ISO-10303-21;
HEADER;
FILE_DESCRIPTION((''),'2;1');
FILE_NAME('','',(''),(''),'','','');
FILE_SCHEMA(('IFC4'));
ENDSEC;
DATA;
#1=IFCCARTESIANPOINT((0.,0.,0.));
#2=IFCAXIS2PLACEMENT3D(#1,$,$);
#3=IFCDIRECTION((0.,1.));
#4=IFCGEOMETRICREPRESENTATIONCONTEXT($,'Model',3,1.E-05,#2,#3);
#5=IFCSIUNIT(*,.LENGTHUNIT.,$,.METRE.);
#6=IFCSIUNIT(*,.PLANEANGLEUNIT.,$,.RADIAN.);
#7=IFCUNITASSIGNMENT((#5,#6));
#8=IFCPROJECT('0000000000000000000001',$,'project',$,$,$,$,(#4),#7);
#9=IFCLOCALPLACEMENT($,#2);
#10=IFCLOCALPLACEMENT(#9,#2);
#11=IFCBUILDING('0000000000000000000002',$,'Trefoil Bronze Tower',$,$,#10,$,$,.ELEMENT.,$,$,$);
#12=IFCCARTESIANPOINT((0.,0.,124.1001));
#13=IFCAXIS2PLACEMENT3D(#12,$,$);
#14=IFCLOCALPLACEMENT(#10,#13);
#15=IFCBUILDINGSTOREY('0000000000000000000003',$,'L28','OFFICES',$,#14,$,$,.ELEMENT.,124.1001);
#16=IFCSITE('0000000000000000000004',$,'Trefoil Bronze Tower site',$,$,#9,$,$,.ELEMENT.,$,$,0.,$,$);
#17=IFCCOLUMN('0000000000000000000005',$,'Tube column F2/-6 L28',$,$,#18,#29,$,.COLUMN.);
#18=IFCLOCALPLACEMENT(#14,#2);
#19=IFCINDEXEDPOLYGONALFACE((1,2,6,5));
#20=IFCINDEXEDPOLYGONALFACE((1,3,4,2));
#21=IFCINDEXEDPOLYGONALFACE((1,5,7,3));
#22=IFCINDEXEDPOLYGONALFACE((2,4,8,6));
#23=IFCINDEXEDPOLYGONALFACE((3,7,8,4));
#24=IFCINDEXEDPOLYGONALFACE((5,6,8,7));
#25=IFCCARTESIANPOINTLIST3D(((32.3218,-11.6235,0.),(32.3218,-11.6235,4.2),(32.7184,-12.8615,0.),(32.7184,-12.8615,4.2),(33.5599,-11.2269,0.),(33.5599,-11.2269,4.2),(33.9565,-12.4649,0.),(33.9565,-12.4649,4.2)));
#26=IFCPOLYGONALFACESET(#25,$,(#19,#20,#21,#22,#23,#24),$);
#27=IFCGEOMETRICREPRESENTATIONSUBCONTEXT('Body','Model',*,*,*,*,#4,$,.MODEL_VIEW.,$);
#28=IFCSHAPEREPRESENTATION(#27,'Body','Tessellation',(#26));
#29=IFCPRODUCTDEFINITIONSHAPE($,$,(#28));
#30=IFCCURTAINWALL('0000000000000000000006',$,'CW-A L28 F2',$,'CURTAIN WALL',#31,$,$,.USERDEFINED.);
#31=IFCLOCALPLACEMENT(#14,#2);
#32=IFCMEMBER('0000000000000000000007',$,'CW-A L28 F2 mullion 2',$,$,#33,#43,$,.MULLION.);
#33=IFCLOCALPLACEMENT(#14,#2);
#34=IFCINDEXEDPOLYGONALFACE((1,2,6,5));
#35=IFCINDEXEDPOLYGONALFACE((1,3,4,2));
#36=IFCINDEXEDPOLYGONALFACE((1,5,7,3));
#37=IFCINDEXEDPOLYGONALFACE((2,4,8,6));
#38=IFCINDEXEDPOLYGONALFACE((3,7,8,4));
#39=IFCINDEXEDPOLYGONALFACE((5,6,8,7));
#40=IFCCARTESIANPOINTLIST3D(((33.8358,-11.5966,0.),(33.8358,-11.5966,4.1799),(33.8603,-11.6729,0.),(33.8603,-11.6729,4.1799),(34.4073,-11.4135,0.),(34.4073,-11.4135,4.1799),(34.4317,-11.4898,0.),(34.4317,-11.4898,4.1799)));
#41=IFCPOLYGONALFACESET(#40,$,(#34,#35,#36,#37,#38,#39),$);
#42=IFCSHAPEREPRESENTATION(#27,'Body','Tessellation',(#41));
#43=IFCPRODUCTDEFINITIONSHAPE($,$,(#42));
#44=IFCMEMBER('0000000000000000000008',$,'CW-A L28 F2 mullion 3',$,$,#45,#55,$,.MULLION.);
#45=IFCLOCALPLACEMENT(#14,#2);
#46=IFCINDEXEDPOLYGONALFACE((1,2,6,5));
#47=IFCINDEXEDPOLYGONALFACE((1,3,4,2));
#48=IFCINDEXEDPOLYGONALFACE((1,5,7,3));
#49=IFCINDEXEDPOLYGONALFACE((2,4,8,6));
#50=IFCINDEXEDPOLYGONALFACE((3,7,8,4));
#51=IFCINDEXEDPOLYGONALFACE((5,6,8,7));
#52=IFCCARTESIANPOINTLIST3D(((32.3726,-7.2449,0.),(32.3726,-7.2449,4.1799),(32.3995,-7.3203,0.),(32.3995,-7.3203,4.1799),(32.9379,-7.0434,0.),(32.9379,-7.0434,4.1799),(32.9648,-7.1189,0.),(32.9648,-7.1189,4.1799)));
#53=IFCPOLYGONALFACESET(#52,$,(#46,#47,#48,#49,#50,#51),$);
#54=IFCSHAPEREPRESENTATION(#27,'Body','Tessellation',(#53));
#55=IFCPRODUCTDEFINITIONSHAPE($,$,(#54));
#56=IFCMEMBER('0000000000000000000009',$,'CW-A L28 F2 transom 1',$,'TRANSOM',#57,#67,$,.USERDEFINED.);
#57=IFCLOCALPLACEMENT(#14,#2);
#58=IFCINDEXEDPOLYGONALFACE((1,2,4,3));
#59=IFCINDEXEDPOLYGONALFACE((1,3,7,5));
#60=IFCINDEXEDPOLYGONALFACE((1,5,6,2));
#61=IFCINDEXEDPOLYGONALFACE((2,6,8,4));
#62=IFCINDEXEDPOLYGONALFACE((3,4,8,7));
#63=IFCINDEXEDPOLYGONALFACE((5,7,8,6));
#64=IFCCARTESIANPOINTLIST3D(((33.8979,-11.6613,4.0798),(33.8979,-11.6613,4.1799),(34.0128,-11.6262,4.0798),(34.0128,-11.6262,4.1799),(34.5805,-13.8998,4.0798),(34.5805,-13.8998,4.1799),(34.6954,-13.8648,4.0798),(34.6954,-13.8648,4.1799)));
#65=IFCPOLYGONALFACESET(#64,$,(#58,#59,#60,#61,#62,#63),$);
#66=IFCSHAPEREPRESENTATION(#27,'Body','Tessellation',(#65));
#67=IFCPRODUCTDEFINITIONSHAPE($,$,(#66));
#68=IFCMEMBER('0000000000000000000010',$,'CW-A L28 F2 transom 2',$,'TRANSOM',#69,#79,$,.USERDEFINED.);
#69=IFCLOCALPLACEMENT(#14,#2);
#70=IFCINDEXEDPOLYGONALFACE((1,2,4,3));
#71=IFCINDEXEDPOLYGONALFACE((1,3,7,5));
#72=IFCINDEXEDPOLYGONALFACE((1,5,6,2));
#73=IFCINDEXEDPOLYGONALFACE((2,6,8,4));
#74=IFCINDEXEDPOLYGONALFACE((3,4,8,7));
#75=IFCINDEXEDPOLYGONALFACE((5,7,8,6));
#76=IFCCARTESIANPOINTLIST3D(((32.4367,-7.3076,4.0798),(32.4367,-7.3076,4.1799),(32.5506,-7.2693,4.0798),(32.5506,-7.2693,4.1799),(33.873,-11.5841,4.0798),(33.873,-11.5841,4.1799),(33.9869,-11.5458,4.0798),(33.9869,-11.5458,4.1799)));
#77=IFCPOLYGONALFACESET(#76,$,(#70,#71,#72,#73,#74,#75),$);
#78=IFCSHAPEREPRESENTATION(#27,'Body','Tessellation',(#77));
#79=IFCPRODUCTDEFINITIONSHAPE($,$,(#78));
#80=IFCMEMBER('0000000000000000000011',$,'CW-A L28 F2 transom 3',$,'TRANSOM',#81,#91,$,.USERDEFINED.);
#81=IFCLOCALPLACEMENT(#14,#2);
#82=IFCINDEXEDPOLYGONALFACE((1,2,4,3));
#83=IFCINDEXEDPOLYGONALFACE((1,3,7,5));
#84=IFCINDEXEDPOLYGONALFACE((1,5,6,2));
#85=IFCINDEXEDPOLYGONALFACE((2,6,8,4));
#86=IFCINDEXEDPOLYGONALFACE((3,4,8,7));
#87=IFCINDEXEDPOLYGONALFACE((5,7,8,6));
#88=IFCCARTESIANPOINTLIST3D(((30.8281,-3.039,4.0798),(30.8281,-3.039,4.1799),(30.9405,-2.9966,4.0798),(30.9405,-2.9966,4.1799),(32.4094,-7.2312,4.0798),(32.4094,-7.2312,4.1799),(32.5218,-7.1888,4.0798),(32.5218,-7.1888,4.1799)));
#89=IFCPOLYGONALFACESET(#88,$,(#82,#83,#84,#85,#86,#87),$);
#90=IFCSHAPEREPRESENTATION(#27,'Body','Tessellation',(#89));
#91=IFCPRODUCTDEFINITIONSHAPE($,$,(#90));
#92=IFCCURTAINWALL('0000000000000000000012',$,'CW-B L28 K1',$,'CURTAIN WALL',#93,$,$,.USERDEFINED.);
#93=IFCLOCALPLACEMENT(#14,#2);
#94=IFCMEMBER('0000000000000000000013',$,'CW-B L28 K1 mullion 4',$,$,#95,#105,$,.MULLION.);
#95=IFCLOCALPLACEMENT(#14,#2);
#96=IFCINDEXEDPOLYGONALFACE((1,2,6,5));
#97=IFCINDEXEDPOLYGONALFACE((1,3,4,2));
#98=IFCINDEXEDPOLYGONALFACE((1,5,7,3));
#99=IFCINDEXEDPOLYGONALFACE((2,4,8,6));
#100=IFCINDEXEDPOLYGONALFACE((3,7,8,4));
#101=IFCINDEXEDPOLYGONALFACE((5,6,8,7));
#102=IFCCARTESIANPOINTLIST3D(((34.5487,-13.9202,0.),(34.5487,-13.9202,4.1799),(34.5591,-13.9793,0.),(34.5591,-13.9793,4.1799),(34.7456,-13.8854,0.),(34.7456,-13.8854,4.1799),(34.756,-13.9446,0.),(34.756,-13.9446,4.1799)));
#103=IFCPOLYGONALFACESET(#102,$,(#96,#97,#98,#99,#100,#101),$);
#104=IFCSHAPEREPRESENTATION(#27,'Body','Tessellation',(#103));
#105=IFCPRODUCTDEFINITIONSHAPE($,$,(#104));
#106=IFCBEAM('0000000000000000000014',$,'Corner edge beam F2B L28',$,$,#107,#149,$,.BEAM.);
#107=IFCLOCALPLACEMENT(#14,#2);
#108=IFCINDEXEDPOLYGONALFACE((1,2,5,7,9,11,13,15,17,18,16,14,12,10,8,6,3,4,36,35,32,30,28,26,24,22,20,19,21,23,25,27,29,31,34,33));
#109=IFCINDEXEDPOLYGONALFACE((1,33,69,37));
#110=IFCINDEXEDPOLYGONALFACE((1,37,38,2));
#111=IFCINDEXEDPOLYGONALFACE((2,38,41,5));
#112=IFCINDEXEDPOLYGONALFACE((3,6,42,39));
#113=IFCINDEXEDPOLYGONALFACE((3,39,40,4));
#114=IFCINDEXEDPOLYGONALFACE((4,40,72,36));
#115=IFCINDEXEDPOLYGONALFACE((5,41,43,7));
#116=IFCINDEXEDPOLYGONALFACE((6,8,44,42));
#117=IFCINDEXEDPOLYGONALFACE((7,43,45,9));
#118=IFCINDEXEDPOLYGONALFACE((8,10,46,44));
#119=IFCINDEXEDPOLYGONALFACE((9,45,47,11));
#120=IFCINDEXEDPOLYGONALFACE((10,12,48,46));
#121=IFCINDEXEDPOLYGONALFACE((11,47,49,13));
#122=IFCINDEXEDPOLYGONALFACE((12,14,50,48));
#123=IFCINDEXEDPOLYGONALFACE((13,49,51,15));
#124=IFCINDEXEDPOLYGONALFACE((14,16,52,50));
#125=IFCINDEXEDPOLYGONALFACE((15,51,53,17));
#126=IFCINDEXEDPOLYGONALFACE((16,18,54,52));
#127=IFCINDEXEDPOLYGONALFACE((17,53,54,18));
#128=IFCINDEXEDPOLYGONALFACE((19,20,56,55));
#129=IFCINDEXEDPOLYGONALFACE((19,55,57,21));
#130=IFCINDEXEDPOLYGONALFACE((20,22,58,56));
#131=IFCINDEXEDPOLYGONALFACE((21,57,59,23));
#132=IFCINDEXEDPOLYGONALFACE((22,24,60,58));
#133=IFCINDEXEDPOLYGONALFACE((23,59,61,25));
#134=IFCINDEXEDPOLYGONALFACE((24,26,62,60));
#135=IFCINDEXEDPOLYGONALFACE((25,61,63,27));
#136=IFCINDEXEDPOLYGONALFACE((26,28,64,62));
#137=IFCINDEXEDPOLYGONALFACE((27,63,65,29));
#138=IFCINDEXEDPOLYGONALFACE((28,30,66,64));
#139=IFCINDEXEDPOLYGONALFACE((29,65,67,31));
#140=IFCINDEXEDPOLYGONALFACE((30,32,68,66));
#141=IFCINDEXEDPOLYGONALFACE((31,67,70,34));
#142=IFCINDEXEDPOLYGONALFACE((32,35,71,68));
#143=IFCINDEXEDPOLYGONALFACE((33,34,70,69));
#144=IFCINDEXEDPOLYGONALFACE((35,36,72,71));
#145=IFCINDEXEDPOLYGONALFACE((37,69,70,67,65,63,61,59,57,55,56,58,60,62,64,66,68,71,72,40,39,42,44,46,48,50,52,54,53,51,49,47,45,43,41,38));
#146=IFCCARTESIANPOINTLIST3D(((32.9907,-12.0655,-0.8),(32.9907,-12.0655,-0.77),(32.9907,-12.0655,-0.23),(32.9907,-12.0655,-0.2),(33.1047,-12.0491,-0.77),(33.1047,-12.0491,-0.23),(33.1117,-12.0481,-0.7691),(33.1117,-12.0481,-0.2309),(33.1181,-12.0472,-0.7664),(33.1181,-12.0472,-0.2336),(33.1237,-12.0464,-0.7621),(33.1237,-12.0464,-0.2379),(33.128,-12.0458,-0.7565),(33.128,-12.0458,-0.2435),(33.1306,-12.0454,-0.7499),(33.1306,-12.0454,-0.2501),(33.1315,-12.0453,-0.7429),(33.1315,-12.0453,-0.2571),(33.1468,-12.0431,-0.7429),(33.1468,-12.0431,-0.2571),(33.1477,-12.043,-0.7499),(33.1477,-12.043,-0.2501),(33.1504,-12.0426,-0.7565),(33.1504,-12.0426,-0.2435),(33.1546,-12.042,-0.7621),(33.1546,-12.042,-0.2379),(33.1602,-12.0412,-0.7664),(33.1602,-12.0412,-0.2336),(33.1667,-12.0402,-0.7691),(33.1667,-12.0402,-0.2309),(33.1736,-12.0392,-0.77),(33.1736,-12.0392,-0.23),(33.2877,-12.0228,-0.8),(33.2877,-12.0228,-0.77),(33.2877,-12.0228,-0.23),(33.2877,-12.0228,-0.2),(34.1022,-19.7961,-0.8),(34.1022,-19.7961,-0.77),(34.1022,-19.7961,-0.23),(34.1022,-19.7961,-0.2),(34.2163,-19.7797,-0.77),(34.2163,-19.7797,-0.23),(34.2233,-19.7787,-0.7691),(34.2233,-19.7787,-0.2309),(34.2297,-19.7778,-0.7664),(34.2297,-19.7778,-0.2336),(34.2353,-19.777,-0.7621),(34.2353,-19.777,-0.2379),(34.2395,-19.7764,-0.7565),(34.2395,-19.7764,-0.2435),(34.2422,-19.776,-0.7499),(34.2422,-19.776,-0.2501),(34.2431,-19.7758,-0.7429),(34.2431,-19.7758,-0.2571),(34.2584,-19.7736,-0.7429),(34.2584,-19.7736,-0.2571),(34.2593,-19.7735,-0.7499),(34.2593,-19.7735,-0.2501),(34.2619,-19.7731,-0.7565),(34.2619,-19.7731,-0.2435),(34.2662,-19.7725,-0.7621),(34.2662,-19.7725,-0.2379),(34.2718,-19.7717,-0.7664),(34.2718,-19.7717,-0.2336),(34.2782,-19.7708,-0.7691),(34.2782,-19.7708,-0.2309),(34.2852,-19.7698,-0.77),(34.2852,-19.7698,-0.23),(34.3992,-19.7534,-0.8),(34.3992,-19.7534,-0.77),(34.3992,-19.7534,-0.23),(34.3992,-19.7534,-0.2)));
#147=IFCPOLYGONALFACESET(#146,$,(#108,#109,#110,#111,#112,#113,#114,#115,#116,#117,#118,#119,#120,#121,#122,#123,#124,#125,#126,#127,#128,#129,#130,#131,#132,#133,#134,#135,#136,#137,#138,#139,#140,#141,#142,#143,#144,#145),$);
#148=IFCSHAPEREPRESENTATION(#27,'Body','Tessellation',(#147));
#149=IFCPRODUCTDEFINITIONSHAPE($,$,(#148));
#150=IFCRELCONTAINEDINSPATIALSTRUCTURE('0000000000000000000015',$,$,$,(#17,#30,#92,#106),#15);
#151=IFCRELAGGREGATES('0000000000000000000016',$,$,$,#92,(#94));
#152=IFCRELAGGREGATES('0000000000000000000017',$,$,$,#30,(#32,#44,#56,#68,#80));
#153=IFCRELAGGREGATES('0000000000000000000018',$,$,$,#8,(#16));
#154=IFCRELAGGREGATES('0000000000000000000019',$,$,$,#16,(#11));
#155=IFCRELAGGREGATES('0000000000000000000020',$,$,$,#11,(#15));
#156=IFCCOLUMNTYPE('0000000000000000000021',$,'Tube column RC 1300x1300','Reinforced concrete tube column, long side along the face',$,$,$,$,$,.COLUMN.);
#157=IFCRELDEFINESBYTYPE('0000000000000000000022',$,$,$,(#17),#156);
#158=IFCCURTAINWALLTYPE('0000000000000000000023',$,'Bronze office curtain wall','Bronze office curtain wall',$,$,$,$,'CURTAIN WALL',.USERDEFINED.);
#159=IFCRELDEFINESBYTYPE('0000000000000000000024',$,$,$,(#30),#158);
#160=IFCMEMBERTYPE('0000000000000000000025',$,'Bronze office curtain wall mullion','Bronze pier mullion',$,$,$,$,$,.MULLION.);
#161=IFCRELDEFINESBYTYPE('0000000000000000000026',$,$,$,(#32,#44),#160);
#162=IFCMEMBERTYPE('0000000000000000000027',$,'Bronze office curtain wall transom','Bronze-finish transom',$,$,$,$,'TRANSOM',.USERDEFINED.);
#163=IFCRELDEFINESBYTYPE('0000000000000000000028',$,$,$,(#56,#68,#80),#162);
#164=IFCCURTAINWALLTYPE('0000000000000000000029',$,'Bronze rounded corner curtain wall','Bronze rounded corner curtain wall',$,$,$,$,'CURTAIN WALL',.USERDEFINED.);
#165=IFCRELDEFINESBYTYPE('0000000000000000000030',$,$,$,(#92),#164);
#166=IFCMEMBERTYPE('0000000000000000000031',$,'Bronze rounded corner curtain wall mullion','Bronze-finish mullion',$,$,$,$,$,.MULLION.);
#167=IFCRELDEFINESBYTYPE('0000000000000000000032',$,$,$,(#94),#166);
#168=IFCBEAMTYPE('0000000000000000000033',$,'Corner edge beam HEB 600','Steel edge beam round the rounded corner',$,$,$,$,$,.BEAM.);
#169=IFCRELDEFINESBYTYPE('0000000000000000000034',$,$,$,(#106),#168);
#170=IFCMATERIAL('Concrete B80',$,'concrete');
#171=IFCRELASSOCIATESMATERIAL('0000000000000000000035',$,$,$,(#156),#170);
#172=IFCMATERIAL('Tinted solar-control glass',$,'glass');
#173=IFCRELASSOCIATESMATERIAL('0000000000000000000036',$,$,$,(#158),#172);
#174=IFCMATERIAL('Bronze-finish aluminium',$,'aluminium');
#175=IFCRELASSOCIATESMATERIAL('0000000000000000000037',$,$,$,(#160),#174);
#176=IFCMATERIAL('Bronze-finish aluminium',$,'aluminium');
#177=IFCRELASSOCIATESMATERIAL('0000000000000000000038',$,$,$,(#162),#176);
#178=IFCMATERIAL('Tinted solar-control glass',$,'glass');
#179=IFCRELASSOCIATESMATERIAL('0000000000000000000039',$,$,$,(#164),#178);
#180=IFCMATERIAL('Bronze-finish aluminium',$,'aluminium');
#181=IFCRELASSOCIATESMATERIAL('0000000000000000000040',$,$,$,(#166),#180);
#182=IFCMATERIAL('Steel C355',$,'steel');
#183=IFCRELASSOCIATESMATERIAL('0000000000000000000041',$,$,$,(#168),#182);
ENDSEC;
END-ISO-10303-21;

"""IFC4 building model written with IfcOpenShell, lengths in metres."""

from ifc_helpers import new_model, si_unit, direction, frame, origin, origin_2d, place, context, subcontext, project, spatial, rectangle, i_section, extrude, material, material_profile, profile_set, type_object, element, aggregate, save


model = new_model("IFC4")

# Units and contexts
model_context = context("Model", 3, precision=1e-05, world=origin(), true_north=direction((0.0, 1.0)))
body_context = subcontext(model_context, "Body", "Model", "MODEL_VIEW")
ifc_project = project(units=[si_unit("LENGTHUNIT", "METRE"), si_unit("PLANEANGLEUNIT", "RADIAN")], contexts=[model_context])

# Site, building, storey
site_placement = place(None, origin())
site = spatial("IfcSite", under=ifc_project, at=site_placement, Name="Trefoil Bronze Tower site", CompositionType="ELEMENT", RefElevation=0.0)
building_placement = place(site_placement, origin())
building = spatial("IfcBuilding", under=site, at=building_placement, Name="Trefoil Bronze Tower", CompositionType="ELEMENT")
storey_placement = place(building_placement, frame((0.0, 0.0, 124.1001)))
storey = spatial("IfcBuildingStorey", under=building, at=storey_placement, Name="L28", Description="OFFICES", CompositionType="ELEMENT", Elevation=124.1001)

# Column
ifc_material_1 = material(Name="Concrete B80", Category="concrete")
ifc_material_profile_1 = material_profile(ifc_material_1, rectangle(XDim=1.3, YDim=1.3, at=origin_2d()), Name="RC 1300x1300")
ifc_profile_set_1 = profile_set([ifc_material_profile_1], Name="Concrete B80")
column_type = type_object("IfcColumnType", Name="Tube column RC 1300x1300", Description="Reinforced concrete tube column, long side along the face", PredefinedType="COLUMN", material=ifc_profile_set_1)
column_placement = place(storey_placement, frame((33.1392, -12.0442, 0.0), z_axis=(0.0, 0.0, 1.0), x_axis=(-0.305066, 0.952331, 0.0)))
element("IfcColumn", 1, at=column_placement, inside=storey, type_object=column_type, Name="Tube column F2/-6 L28", PredefinedType="COLUMN", context=body_context, shape_type="SweptSolid", body=[
    extrude(rectangle(XDim=1.3, YDim=1.3, at=origin_2d()), origin(), (0.0, 0.0, 1.0), 4.2),
])

# Curtain wall, members
ifc_material_2 = material(Name="Tinted solar-control glass", Category="glass")
curtain_wall_type_1 = type_object("IfcCurtainWallType", Name="Bronze office curtain wall", Description="Bronze office curtain wall", ElementType="CURTAIN WALL", PredefinedType="USERDEFINED", material=ifc_material_2)
curtain_wall_1_placement = place(storey_placement, origin())
curtain_wall_1 = element("IfcCurtainWall", 2, at=curtain_wall_1_placement, inside=storey, type_object=curtain_wall_type_1, Name="CW-A L28 F2", ObjectType="CURTAIN WALL", PredefinedType="USERDEFINED")
ifc_material_3 = material(Name="Bronze-finish aluminium", Category="aluminium")
ifc_material_profile_2 = material_profile(ifc_material_3, rectangle(XDim=0.6001, YDim=0.0801, at=origin_2d()), Name="CW-A mullion")
ifc_profile_set_2 = profile_set([ifc_material_profile_2], Name="Bronze-finish aluminium")
member_type_1 = type_object("IfcMemberType", Name="Bronze office curtain wall mullion", Description="Bronze pier mullion", PredefinedType="MULLION", material=ifc_profile_set_2)
member_1_placement = place(storey_placement, frame((34.1338, -11.5432, 0.0), z_axis=(0.0, 0.0, 1.0), x_axis=(-0.952331, -0.305066, 0.0)))
member_1 = element("IfcMember", 3, at=member_1_placement, type_object=member_type_1, Name="CW-A L28 F2 mullion 2", PredefinedType="MULLION", context=body_context, shape_type="SweptSolid", body=[
    extrude(rectangle(XDim=0.6001, YDim=0.0801, at=origin_2d()), origin(), (0.0, 0.0, 1.0), 4.1799),
])
member_2_placement = place(storey_placement, frame((32.6687, -7.1819, 0.0), z_axis=(0.0, 0.0, 1.0), x_axis=(-0.941963, -0.335718, 0.0)))
member_2 = element("IfcMember", 4, at=member_2_placement, type_object=member_type_1, Name="CW-A L28 F2 mullion 3", PredefinedType="MULLION", context=body_context, shape_type="SweptSolid", body=[
    extrude(rectangle(XDim=0.6001, YDim=0.0801, at=origin_2d()), origin(), (0.0, 0.0, 1.0), 4.1799),
])
ifc_material_4 = material(Name="Bronze-finish aluminium", Category="aluminium")
ifc_material_profile_3 = material_profile(ifc_material_4, rectangle(XDim=0.1201, YDim=0.1001, at=origin_2d()), Name="CW-A transom")
ifc_profile_set_3 = profile_set([ifc_material_profile_3], Name="Bronze-finish aluminium")
member_type_2 = type_object("IfcMemberType", Name="Bronze office curtain wall transom", Description="Bronze-finish transom", ElementType="TRANSOM", PredefinedType="USERDEFINED", material=ifc_profile_set_3)
member_3_placement = place(storey_placement, frame((34.6379, -13.8823, 4.1299), z_axis=(-0.29168, 0.956516, 0.0), x_axis=(-0.956516, -0.29168, 0.0)))
member_3 = element("IfcMember", 5, at=member_3_placement, type_object=member_type_2, Name="CW-A L28 F2 transom 1", ObjectType="TRANSOM", PredefinedType="USERDEFINED", context=body_context, shape_type="SweptSolid", body=[
    extrude(rectangle(XDim=0.1201, YDim=0.1001, at=origin_2d()), origin(), (0.0, 0.0, 1.0), 2.3403),
])
member_4_placement = place(storey_placement, frame((33.9299, -11.5649, 4.1299), z_axis=(-0.318386, 0.947961, 0.0), x_axis=(-0.947961, -0.318386, 0.0)))
member_4 = element("IfcMember", 6, at=member_4_placement, type_object=member_type_2, Name="CW-A L28 F2 transom 2", ObjectType="TRANSOM", PredefinedType="USERDEFINED", context=body_context, shape_type="SweptSolid", body=[
    extrude(rectangle(XDim=0.1201, YDim=0.1001, at=origin_2d()), origin(), (0.0, 0.0, 1.0), 4.5112),
])
member_5_placement = place(storey_placement, frame((32.4656, -7.21, 4.1299), z_axis=(-0.352932, 0.935649, 0.0), x_axis=(-0.935649, -0.352932, 0.0)))
member_5 = element("IfcMember", 7, at=member_5_placement, type_object=member_type_2, Name="CW-A L28 F2 transom 3", ObjectType="TRANSOM", PredefinedType="USERDEFINED", context=body_context, shape_type="SweptSolid", body=[
    extrude(rectangle(XDim=0.1201, YDim=0.1001, at=origin_2d()), origin(), (0.0, 0.0, 1.0), 4.4805),
])

# Curtain wall, member
ifc_material_5 = material(Name="Tinted solar-control glass", Category="glass")
curtain_wall_type_2 = type_object("IfcCurtainWallType", Name="Bronze rounded corner curtain wall", Description="Bronze rounded corner curtain wall", ElementType="CURTAIN WALL", PredefinedType="USERDEFINED", material=ifc_material_5)
curtain_wall_2_placement = place(storey_placement, origin())
curtain_wall_2 = element("IfcCurtainWall", 8, at=curtain_wall_2_placement, inside=storey, type_object=curtain_wall_type_2, Name="CW-B L28 K1", ObjectType="CURTAIN WALL", PredefinedType="USERDEFINED")
ifc_material_6 = material(Name="Bronze-finish aluminium", Category="aluminium")
ifc_material_profile_4 = material_profile(ifc_material_6, rectangle(XDim=0.2, YDim=0.0601, at=origin_2d()), Name="CW-B mullion")
ifc_profile_set_4 = profile_set([ifc_material_profile_4], Name="Bronze-finish aluminium")
member_type_3 = type_object("IfcMemberType", Name="Bronze rounded corner curtain wall mullion", Description="Bronze-finish mullion", PredefinedType="MULLION", material=ifc_profile_set_4)
member_6_placement = place(storey_placement, frame((34.6523, -13.9324, 0.0), z_axis=(0.0, 0.0, 1.0), x_axis=(-0.984808, -0.173648, 0.0)))
member_6 = element("IfcMember", 9, at=member_6_placement, type_object=member_type_3, Name="CW-B L28 K1 mullion 4", PredefinedType="MULLION", context=body_context, shape_type="SweptSolid", body=[
    extrude(rectangle(XDim=0.2, YDim=0.0601, at=origin_2d()), origin(), (0.0, 0.0, 1.0), 4.1799),
])
aggregate(curtain_wall_2, [member_6])

# Beam
ifc_material_7 = material(Name="Steel C355", Category="steel")
ifc_material_profile_5 = material_profile(ifc_material_7, i_section(OverallWidth=0.3, OverallDepth=0.6001, WebThickness=0.0154, FlangeThickness=0.03, FilletRadius=0.0271, at=origin_2d()), Name="HEB 600")
ifc_profile_set_5 = profile_set([ifc_material_profile_5], Name="Steel C355")
beam_type_1 = type_object("IfcBeamType", Name="Corner edge beam HEB 600", Description="Steel edge beam round the rounded corner", PredefinedType="BEAM", material=ifc_profile_set_5)
beam_1_placement = place(storey_placement, frame((33.1392, -12.0442, -0.5), z_axis=(0.142327, -0.98982, 0.0), x_axis=(0.98982, 0.142327, 0.0)))
element("IfcBeam", 10, at=beam_1_placement, inside=storey, type_object=beam_type_1, Name="Corner edge beam F2B L28", PredefinedType="BEAM", context=body_context, shape_type="SweptSolid", body=[
    extrude(i_section(OverallWidth=0.3, OverallDepth=0.6001, WebThickness=0.0154, FlangeThickness=0.03, FilletRadius=0.0271, at=origin_2d()), origin(), (0.0, 0.0, 1.0), 7.8101),
])

aggregate(curtain_wall_1, [member_1, member_2, member_3, member_4, member_5])

save(model, "model.ifc")
